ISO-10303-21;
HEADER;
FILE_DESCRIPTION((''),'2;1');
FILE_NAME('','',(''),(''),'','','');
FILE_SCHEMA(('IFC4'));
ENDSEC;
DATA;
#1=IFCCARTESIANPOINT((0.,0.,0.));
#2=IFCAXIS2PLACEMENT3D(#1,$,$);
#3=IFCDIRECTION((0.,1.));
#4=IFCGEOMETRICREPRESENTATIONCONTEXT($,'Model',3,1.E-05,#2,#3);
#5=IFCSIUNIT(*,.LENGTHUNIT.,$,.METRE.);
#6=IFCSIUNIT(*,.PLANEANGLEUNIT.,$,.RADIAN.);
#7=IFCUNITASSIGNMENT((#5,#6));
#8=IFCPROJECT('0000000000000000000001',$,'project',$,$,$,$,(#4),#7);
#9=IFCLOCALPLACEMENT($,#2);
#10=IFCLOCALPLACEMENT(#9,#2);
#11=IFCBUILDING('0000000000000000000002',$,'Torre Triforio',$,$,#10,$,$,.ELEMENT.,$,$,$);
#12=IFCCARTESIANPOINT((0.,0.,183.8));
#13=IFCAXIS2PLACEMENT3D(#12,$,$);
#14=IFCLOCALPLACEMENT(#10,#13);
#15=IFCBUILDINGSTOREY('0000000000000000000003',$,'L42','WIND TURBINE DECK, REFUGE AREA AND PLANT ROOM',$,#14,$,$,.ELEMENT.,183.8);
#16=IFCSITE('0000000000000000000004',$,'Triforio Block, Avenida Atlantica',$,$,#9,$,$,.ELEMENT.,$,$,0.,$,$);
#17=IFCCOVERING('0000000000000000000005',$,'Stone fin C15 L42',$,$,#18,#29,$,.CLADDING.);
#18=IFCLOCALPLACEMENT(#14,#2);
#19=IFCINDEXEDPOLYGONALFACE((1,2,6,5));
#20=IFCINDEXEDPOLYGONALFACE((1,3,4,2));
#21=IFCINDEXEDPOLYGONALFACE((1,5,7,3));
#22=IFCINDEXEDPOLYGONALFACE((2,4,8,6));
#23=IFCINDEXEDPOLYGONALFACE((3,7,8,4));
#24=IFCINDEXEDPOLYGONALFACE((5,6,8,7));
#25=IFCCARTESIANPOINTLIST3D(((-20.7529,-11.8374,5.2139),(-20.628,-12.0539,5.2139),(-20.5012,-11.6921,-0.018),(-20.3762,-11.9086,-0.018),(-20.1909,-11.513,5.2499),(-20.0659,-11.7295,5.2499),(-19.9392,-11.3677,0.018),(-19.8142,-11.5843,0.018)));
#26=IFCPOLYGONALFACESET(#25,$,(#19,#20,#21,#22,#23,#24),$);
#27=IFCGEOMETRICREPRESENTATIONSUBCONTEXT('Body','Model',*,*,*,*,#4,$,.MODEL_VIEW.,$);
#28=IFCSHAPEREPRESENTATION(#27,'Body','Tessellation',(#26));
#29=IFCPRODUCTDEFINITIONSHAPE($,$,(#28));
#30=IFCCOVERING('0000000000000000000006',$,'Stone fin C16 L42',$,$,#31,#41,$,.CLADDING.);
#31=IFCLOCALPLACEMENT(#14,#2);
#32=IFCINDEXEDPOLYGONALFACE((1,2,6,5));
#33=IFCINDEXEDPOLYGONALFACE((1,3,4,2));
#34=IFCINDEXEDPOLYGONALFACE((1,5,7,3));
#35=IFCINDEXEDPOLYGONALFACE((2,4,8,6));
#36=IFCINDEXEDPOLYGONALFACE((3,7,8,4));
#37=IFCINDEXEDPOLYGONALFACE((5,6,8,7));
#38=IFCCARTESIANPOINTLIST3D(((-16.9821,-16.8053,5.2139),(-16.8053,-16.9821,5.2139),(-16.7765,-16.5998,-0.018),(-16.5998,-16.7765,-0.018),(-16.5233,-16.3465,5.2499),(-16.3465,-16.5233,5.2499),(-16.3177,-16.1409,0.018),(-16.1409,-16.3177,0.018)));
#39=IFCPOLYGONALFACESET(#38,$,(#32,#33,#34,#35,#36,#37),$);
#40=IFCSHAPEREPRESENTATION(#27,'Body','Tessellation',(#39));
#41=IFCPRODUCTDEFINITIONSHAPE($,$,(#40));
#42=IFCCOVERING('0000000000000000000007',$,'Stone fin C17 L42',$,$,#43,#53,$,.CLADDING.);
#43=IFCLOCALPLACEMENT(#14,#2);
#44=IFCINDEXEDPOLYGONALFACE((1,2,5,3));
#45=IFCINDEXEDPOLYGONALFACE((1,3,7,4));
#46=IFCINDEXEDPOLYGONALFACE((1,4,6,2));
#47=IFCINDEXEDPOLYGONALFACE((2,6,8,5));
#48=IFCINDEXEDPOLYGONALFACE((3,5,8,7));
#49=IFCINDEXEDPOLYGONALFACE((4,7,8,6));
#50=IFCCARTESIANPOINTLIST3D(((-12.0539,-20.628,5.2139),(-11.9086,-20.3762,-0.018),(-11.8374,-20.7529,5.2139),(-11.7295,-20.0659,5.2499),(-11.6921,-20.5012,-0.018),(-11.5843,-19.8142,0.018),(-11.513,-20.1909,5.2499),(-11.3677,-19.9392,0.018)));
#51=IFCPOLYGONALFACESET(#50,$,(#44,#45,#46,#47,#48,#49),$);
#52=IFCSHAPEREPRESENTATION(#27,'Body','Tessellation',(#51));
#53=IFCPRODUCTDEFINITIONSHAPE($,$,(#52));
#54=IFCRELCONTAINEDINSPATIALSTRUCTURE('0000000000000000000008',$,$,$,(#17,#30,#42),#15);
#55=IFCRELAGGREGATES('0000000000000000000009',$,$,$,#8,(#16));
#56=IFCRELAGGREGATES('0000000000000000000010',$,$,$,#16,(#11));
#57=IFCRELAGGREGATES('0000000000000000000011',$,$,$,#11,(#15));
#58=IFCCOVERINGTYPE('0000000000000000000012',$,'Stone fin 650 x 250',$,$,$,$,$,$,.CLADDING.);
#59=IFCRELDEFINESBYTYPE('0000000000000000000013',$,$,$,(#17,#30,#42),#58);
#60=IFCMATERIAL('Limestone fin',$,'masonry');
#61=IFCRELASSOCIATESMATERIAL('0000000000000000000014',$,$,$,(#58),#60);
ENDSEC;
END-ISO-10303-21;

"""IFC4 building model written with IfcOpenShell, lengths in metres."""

from ifc_helpers import new_model, si_unit, direction, frame, origin, origin_2d, place, context, subcontext, project, spatial, rectangle, extrude, material, material_profile, profile_set, type_object, element, save


model = new_model("IFC4")

# Units and contexts
model_context = context("Model", 3, precision=1e-05, world=origin(), true_north=direction((0.0, 1.0)))
body_context = subcontext(model_context, "Body", "Model", "MODEL_VIEW")
ifc_project = project(units=[si_unit("LENGTHUNIT", "METRE"), si_unit("PLANEANGLEUNIT", "RADIAN")], contexts=[model_context])

# Site, building, storey
site_placement = place(None, origin())
site = spatial("IfcSite", under=ifc_project, at=site_placement, Name="Triforio Block, Avenida Atlantica", CompositionType="ELEMENT", RefElevation=0.0)
building_placement = place(site_placement, origin())
building = spatial("IfcBuilding", under=site, at=building_placement, Name="Torre Triforio", CompositionType="ELEMENT")
storey_placement = place(building_placement, frame((0.0, 0.0, 183.8)))
storey = spatial("IfcBuildingStorey", under=building, at=storey_placement, Name="L42", Description="WIND TURBINE DECK, REFUGE AREA AND PLANT ROOM", CompositionType="ELEMENT", Elevation=183.8)

# Coverings
ifc_material_1 = material(Name="Limestone fin", Category="masonry")
ifc_material_profile_1 = material_profile(ifc_material_1, rectangle(XDim=0.6499, YDim=0.25, at=origin_2d()), Name="FIN 650x250")
ifc_profile_set_1 = profile_set([ifc_material_profile_1], Name="Limestone fin")
covering_type_1 = type_object("IfcCoveringType", Name="Stone fin 650 x 250", PredefinedType="CLADDING", material=ifc_profile_set_1)
for number, where, z_axis, x_axis, name in (
    (1, (-20.1577, -11.6382, 0.0), (-0.048036, -0.027722, 0.998461), (0.864783, 0.499074, 0.055462), "Stone fin C15 L42"),
    (2, (-16.4587, -16.4587, 0.0), (-0.03923, -0.03923, 0.99846), (0.706018, 0.706018, 0.05548), "Stone fin C16 L42"),
    (3, (-11.6382, -20.1577, 0.0), (-0.027722, -0.048036, 0.998461), (0.499074, 0.864783, 0.055462), "Stone fin C17 L42"),
):
    element("IfcCovering", number, at=place(storey_placement, frame(where, z_axis=z_axis, x_axis=x_axis)), inside=storey, type_object=covering_type_1, Name=name, PredefinedType="CLADDING", context=body_context, shape_type="SweptSolid", body=[
        extrude(rectangle(XDim=0.6499, YDim=0.25, at=origin_2d()), origin(), (0.0, 0.0, 1.0), 5.24),
    ])

save(model, "model.ifc")
